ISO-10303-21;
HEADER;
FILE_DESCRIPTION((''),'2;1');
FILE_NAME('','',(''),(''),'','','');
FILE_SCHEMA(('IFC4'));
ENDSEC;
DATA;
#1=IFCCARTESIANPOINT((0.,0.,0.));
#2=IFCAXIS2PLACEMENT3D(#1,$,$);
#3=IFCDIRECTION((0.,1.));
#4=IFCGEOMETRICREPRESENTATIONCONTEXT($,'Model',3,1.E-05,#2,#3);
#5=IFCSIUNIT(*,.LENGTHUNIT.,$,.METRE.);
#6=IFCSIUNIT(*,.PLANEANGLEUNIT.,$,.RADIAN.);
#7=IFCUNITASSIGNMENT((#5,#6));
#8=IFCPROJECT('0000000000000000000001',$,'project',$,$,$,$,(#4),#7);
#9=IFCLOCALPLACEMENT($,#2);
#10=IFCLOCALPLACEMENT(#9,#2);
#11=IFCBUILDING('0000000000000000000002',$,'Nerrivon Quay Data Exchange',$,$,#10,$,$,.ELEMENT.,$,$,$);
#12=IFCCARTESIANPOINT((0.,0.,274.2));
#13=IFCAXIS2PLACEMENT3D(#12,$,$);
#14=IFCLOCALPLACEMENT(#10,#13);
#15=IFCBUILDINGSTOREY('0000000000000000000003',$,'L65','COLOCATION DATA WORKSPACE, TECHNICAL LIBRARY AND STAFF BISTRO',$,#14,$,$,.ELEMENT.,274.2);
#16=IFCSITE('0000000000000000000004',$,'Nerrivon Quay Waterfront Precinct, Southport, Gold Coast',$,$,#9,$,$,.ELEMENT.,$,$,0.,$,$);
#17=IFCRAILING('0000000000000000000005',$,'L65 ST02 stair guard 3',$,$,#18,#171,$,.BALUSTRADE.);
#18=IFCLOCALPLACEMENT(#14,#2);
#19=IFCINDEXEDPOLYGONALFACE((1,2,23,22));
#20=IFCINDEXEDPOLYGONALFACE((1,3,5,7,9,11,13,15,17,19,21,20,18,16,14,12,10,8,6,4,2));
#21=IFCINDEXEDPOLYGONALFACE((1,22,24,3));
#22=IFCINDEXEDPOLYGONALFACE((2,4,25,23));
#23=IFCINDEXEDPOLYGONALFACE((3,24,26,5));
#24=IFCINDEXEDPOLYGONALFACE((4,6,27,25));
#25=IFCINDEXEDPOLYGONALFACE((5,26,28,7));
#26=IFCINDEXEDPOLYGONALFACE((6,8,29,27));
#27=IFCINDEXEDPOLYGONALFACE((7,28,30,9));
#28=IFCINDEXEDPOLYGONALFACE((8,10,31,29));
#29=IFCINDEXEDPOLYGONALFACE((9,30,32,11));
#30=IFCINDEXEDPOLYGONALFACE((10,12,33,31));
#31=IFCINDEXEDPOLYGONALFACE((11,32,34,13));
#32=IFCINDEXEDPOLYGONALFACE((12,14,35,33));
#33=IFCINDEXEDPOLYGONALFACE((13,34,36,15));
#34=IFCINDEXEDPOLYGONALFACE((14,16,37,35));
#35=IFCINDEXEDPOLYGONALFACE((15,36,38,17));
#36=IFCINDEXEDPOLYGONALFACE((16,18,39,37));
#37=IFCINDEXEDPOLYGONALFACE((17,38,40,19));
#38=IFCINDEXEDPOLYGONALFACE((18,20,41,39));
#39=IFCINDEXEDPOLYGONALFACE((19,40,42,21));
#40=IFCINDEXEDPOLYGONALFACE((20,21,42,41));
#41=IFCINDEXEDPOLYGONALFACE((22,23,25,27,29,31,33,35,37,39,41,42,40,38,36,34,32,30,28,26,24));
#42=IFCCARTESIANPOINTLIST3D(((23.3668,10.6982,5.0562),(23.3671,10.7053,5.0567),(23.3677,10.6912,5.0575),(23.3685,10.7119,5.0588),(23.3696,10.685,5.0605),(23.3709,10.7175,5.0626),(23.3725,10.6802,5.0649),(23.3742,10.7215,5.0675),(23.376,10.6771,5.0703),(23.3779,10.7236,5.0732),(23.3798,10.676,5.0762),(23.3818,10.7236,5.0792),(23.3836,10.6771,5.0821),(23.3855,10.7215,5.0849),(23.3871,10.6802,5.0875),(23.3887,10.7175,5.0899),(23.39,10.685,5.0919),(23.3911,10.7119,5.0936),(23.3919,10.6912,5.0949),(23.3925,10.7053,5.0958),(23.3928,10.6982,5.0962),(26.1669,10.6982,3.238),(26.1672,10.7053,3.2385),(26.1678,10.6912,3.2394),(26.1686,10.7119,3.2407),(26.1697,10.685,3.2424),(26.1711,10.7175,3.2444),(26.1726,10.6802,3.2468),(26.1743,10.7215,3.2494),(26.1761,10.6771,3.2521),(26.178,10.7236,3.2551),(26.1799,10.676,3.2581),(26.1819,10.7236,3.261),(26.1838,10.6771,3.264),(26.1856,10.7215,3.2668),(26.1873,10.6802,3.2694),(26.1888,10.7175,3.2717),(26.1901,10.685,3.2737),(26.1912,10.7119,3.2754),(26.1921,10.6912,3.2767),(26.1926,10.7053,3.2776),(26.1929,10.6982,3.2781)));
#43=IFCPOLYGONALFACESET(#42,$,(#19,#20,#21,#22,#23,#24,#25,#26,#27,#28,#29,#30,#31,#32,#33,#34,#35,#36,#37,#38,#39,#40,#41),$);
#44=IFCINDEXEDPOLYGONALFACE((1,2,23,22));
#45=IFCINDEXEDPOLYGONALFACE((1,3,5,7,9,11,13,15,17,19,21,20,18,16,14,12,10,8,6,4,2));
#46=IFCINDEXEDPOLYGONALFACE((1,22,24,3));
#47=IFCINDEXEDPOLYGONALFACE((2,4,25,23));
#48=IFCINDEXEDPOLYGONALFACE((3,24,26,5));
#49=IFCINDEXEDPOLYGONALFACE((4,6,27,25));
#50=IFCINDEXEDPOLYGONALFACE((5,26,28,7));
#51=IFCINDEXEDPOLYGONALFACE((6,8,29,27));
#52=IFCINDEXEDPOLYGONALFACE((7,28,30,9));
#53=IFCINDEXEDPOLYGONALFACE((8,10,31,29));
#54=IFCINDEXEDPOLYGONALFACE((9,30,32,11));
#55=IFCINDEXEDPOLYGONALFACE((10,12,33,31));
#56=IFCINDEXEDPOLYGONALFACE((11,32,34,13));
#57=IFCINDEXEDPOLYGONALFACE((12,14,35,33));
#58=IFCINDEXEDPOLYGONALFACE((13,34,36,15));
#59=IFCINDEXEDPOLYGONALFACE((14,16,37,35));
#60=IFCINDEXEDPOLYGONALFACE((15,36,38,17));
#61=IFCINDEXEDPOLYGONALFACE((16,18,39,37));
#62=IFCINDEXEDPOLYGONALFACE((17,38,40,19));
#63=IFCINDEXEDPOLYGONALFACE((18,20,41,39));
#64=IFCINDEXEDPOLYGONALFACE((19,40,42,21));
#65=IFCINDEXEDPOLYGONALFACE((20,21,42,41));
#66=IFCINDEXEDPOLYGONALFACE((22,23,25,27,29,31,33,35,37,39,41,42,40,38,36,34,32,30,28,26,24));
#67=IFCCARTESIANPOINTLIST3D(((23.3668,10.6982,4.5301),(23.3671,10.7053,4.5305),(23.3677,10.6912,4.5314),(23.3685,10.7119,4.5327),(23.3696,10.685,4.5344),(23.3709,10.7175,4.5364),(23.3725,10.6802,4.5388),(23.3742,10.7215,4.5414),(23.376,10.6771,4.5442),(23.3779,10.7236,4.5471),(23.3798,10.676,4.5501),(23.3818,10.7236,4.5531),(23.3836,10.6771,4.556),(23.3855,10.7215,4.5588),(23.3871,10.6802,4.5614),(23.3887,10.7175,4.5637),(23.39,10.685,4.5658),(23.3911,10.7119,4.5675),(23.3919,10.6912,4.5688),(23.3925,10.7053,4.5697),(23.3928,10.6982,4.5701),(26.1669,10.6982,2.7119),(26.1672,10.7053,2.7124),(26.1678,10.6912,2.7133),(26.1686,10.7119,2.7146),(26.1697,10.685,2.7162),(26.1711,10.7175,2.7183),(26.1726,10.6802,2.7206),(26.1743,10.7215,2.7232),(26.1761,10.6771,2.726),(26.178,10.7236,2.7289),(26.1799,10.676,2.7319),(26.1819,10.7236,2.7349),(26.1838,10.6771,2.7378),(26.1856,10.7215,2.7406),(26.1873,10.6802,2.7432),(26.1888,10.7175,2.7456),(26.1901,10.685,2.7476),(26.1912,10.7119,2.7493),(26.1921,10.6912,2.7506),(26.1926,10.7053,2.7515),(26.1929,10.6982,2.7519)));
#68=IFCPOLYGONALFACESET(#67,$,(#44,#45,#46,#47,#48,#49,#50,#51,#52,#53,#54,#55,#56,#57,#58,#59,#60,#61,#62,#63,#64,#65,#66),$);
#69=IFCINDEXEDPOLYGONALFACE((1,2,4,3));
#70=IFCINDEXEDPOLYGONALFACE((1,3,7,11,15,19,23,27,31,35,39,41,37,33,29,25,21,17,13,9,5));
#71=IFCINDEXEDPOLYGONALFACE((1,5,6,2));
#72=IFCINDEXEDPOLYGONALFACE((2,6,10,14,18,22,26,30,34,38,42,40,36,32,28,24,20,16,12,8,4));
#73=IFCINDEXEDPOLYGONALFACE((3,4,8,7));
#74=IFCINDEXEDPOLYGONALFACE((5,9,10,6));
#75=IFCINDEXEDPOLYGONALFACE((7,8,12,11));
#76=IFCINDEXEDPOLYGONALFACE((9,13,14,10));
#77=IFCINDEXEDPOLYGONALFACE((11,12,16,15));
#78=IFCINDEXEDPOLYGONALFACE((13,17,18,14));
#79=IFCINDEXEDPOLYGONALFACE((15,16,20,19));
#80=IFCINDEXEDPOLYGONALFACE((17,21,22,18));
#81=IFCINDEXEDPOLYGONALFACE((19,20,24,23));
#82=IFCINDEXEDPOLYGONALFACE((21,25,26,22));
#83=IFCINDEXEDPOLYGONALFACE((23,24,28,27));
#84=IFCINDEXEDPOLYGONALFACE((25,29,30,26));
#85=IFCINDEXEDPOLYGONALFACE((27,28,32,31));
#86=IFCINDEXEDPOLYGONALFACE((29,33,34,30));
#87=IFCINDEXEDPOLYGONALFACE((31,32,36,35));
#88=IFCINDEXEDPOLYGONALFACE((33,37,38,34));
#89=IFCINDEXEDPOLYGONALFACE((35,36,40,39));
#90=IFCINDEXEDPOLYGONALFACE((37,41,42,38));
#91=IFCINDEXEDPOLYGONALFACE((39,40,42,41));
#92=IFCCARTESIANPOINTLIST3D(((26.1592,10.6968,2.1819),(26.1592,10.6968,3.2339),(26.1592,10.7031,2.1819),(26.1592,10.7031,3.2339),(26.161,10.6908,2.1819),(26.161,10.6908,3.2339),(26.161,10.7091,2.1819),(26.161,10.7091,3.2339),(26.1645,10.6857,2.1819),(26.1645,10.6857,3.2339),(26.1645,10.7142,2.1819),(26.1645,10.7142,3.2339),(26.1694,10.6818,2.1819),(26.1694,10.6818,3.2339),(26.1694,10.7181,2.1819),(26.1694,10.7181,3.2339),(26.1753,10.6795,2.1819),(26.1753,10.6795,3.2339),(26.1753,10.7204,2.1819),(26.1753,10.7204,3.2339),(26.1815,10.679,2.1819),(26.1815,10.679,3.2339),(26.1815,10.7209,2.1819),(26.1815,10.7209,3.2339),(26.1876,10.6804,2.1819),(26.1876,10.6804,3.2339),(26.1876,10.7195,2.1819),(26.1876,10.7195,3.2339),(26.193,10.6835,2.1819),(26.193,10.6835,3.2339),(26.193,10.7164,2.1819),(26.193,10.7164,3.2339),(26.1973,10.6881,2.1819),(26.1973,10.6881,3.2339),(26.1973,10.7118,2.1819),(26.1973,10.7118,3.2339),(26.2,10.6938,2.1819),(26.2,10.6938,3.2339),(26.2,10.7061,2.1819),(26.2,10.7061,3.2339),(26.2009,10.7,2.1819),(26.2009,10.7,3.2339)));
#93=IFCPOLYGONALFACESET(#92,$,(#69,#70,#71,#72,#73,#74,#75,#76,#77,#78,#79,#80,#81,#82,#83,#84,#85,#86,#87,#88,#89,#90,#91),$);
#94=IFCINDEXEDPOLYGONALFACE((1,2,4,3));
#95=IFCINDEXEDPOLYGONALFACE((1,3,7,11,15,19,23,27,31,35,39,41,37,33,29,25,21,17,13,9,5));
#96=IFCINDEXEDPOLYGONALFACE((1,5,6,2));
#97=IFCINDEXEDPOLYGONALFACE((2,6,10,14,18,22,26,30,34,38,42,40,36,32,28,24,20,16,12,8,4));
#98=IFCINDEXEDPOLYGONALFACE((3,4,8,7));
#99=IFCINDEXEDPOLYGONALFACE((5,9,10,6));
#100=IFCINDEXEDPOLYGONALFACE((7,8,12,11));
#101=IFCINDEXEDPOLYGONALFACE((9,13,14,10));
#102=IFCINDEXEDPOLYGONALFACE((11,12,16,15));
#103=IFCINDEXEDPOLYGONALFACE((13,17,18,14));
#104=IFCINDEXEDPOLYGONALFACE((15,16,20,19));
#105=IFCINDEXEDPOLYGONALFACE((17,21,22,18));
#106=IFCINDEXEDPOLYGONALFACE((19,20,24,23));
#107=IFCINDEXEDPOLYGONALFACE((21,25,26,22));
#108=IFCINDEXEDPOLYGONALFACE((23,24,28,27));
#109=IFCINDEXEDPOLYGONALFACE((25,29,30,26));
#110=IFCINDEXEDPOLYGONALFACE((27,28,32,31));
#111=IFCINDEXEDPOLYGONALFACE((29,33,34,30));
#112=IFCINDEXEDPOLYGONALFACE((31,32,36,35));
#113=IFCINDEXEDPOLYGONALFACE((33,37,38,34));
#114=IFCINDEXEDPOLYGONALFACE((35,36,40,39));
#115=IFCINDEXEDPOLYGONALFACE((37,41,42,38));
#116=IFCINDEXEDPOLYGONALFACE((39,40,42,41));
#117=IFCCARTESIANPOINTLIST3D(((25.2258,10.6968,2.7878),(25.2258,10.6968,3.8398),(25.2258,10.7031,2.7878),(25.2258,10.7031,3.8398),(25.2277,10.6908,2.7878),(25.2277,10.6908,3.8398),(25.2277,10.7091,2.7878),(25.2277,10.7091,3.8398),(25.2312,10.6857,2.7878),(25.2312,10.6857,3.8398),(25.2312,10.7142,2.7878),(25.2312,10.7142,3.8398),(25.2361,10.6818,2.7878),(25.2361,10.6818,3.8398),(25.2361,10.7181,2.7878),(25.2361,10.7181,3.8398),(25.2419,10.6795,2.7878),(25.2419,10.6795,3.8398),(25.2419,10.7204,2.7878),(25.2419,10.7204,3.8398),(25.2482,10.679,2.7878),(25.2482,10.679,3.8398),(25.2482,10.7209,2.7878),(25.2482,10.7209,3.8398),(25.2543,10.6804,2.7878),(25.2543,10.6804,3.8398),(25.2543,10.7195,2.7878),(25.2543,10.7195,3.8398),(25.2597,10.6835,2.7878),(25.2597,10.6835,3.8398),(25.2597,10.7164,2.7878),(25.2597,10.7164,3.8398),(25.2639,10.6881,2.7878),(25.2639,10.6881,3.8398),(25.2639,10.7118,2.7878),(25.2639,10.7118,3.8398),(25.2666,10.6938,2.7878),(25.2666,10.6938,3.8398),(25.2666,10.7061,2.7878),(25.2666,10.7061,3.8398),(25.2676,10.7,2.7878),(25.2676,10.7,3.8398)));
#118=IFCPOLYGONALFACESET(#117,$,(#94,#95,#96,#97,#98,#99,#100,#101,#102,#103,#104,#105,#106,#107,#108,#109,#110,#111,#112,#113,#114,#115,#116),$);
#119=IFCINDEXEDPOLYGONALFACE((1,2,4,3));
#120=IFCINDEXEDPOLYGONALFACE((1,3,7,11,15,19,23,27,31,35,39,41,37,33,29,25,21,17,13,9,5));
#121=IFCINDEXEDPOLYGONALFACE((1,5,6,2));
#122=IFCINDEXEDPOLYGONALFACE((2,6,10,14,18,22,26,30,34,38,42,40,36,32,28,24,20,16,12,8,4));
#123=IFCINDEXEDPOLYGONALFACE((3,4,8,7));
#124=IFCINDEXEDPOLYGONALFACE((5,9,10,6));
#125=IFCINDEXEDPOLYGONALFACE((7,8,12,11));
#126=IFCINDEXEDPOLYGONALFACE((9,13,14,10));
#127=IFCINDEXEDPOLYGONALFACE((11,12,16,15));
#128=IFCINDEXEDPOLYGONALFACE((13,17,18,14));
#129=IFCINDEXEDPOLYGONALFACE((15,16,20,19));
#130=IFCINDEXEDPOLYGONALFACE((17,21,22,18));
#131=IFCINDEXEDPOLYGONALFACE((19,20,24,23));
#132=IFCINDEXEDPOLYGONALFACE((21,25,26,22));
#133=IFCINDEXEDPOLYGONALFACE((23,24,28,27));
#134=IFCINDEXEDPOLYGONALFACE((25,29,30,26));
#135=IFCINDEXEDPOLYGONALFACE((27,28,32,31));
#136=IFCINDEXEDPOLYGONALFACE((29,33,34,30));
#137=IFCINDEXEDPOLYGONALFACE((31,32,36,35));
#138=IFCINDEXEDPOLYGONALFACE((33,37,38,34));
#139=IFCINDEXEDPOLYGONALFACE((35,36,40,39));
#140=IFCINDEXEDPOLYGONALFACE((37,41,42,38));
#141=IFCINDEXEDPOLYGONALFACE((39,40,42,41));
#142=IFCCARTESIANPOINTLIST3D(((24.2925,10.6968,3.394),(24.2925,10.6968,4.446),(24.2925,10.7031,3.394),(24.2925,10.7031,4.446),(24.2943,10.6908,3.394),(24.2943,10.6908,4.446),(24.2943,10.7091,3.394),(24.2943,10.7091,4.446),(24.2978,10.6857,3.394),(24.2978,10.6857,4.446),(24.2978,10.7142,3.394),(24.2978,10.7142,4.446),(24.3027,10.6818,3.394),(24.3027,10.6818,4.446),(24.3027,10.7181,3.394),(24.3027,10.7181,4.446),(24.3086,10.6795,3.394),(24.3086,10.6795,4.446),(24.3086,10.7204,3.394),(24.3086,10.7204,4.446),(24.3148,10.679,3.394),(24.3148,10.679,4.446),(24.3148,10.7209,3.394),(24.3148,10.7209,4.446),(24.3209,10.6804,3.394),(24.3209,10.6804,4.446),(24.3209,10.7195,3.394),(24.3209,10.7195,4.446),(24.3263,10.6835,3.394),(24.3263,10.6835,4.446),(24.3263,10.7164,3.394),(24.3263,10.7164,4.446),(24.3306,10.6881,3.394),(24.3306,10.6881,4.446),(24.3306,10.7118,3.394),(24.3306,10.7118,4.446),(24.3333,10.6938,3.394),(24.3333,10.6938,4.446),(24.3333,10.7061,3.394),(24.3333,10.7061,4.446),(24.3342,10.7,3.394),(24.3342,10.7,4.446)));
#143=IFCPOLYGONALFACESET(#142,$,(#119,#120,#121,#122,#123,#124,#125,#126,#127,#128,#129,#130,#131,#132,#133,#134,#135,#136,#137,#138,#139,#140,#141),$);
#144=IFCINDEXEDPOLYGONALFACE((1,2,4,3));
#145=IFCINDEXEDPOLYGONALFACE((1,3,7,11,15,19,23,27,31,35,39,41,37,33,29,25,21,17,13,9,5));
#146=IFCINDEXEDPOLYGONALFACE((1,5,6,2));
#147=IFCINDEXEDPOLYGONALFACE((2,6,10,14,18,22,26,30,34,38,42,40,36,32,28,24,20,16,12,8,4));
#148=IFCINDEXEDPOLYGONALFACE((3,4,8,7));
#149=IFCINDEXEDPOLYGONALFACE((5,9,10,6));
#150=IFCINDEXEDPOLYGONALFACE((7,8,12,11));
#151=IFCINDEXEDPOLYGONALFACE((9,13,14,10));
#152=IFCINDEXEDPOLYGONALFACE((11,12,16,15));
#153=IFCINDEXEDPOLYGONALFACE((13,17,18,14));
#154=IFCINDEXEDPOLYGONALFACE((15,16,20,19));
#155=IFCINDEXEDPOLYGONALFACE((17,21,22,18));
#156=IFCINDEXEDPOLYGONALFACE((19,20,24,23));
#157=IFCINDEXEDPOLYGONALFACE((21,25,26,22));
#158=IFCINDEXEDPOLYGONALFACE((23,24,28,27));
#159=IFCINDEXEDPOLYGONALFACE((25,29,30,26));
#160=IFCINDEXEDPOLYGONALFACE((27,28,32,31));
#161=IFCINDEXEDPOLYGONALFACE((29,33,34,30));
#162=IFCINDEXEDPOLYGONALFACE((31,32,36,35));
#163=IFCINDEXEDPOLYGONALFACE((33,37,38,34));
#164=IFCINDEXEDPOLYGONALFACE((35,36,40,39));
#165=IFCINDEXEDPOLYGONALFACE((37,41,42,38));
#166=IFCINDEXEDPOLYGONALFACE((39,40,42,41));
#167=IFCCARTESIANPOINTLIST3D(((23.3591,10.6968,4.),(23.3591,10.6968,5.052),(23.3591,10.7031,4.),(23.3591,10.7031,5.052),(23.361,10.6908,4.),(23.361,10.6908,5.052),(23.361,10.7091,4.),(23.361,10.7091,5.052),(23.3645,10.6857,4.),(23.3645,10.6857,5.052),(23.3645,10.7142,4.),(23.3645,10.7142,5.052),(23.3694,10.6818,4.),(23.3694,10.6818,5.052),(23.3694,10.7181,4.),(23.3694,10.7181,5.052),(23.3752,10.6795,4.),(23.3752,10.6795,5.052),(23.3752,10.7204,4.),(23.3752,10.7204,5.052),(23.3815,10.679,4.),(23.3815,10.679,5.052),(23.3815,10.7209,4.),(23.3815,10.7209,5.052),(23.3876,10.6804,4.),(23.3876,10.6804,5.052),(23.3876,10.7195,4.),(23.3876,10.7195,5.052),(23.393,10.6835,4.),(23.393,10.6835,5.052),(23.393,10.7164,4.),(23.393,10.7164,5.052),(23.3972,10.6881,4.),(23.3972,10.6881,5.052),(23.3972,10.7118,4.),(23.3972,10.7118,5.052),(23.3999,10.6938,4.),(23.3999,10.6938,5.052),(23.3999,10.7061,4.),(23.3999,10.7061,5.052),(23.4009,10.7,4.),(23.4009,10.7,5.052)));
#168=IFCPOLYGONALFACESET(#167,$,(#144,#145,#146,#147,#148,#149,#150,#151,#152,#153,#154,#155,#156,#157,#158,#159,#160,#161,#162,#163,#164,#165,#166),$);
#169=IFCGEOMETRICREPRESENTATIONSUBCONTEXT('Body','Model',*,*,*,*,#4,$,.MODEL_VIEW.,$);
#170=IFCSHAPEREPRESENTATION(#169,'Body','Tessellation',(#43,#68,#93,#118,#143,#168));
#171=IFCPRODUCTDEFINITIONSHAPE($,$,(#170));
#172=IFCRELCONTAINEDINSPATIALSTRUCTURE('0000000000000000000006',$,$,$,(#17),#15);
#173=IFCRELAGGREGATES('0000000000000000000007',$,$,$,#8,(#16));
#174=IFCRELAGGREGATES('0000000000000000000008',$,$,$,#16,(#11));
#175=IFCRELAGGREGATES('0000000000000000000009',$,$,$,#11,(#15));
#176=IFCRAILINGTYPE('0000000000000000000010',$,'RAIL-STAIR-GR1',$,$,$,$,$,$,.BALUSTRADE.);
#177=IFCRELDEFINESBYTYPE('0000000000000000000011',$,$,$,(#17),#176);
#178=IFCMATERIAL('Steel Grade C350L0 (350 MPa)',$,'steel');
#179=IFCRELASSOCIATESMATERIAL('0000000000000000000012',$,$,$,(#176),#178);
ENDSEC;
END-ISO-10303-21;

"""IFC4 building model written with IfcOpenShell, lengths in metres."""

from ifc_helpers import new_model, si_unit, direction, frame, origin, origin_2d, place, context, subcontext, project, spatial, circle, extrude, material, type_object, element, save


model = new_model("IFC4")

# Units and contexts
model_context = context("Model", 3, precision=1e-05, world=origin(), true_north=direction((0.0, 1.0)))
body_context = subcontext(model_context, "Body", "Model", "MODEL_VIEW")
ifc_project = project(units=[si_unit("LENGTHUNIT", "METRE"), si_unit("PLANEANGLEUNIT", "RADIAN")], contexts=[model_context])

# Site, building, storey
site_placement = place(None, origin())
site = spatial("IfcSite", under=ifc_project, at=site_placement, Name="Nerrivon Quay Waterfront Precinct, Southport, Gold Coast", CompositionType="ELEMENT", RefElevation=0.0)
building_placement = place(site_placement, origin())
building = spatial("IfcBuilding", under=site, at=building_placement, Name="Nerrivon Quay Data Exchange", CompositionType="ELEMENT")
storey_placement = place(building_placement, frame((0.0, 0.0, 274.2)))
storey = spatial("IfcBuildingStorey", under=building, at=storey_placement, Name="L65", Description="COLOCATION DATA WORKSPACE, TECHNICAL LIBRARY AND STAFF BISTRO", CompositionType="ELEMENT", Elevation=274.2)

# Railing
ifc_material_1 = material(Name="Steel Grade C350L0 (350 MPa)", Category="steel")
railing_type_1 = type_object("IfcRailingType", Name="RAIL-STAIR-GR1", PredefinedType="BALUSTRADE", material=ifc_material_1)
railing_1_placement = place(storey_placement, frame((26.1799, 10.7, 2.1819)))
element("IfcRailing", 1, at=railing_1_placement, inside=storey, type_object=railing_type_1, Name="L65 ST02 stair guard 3", PredefinedType="BALUSTRADE", context=body_context, shape_type="SweptSolid", body=[
    extrude(circle(Radius=0.0239, at=origin_2d()), frame((0.0, 0.0, 1.0762), z_axis=(-0.838706, 0.0, 0.544585), x_axis=(0.0, -1.0, 0.0)), (0.0, 0.0, 1.0), 3.3386),
    extrude(circle(Radius=0.0239, at=origin_2d()), frame((0.0, 0.0, 0.55), z_axis=(-0.838706, 0.0, 0.544585), x_axis=(0.0, -1.0, 0.0)), (0.0, 0.0, 1.0), 3.3386),
    extrude(circle(Radius=0.021, at=origin_2d()), origin(), (0.0, 0.0, 1.0), 1.052),
    extrude(circle(Radius=0.021, at=origin_2d()), frame((-0.9333, 0.0, 0.606)), (0.0, 0.0, 1.0), 1.052),
    extrude(circle(Radius=0.021, at=origin_2d()), frame((-1.8667, 0.0, 1.2122)), (0.0, 0.0, 1.0), 1.052),
    extrude(circle(Radius=0.021, at=origin_2d()), frame((-2.8, 0.0, 1.8181)), (0.0, 0.0, 1.0), 1.052),
])

save(model, "model.ifc")
